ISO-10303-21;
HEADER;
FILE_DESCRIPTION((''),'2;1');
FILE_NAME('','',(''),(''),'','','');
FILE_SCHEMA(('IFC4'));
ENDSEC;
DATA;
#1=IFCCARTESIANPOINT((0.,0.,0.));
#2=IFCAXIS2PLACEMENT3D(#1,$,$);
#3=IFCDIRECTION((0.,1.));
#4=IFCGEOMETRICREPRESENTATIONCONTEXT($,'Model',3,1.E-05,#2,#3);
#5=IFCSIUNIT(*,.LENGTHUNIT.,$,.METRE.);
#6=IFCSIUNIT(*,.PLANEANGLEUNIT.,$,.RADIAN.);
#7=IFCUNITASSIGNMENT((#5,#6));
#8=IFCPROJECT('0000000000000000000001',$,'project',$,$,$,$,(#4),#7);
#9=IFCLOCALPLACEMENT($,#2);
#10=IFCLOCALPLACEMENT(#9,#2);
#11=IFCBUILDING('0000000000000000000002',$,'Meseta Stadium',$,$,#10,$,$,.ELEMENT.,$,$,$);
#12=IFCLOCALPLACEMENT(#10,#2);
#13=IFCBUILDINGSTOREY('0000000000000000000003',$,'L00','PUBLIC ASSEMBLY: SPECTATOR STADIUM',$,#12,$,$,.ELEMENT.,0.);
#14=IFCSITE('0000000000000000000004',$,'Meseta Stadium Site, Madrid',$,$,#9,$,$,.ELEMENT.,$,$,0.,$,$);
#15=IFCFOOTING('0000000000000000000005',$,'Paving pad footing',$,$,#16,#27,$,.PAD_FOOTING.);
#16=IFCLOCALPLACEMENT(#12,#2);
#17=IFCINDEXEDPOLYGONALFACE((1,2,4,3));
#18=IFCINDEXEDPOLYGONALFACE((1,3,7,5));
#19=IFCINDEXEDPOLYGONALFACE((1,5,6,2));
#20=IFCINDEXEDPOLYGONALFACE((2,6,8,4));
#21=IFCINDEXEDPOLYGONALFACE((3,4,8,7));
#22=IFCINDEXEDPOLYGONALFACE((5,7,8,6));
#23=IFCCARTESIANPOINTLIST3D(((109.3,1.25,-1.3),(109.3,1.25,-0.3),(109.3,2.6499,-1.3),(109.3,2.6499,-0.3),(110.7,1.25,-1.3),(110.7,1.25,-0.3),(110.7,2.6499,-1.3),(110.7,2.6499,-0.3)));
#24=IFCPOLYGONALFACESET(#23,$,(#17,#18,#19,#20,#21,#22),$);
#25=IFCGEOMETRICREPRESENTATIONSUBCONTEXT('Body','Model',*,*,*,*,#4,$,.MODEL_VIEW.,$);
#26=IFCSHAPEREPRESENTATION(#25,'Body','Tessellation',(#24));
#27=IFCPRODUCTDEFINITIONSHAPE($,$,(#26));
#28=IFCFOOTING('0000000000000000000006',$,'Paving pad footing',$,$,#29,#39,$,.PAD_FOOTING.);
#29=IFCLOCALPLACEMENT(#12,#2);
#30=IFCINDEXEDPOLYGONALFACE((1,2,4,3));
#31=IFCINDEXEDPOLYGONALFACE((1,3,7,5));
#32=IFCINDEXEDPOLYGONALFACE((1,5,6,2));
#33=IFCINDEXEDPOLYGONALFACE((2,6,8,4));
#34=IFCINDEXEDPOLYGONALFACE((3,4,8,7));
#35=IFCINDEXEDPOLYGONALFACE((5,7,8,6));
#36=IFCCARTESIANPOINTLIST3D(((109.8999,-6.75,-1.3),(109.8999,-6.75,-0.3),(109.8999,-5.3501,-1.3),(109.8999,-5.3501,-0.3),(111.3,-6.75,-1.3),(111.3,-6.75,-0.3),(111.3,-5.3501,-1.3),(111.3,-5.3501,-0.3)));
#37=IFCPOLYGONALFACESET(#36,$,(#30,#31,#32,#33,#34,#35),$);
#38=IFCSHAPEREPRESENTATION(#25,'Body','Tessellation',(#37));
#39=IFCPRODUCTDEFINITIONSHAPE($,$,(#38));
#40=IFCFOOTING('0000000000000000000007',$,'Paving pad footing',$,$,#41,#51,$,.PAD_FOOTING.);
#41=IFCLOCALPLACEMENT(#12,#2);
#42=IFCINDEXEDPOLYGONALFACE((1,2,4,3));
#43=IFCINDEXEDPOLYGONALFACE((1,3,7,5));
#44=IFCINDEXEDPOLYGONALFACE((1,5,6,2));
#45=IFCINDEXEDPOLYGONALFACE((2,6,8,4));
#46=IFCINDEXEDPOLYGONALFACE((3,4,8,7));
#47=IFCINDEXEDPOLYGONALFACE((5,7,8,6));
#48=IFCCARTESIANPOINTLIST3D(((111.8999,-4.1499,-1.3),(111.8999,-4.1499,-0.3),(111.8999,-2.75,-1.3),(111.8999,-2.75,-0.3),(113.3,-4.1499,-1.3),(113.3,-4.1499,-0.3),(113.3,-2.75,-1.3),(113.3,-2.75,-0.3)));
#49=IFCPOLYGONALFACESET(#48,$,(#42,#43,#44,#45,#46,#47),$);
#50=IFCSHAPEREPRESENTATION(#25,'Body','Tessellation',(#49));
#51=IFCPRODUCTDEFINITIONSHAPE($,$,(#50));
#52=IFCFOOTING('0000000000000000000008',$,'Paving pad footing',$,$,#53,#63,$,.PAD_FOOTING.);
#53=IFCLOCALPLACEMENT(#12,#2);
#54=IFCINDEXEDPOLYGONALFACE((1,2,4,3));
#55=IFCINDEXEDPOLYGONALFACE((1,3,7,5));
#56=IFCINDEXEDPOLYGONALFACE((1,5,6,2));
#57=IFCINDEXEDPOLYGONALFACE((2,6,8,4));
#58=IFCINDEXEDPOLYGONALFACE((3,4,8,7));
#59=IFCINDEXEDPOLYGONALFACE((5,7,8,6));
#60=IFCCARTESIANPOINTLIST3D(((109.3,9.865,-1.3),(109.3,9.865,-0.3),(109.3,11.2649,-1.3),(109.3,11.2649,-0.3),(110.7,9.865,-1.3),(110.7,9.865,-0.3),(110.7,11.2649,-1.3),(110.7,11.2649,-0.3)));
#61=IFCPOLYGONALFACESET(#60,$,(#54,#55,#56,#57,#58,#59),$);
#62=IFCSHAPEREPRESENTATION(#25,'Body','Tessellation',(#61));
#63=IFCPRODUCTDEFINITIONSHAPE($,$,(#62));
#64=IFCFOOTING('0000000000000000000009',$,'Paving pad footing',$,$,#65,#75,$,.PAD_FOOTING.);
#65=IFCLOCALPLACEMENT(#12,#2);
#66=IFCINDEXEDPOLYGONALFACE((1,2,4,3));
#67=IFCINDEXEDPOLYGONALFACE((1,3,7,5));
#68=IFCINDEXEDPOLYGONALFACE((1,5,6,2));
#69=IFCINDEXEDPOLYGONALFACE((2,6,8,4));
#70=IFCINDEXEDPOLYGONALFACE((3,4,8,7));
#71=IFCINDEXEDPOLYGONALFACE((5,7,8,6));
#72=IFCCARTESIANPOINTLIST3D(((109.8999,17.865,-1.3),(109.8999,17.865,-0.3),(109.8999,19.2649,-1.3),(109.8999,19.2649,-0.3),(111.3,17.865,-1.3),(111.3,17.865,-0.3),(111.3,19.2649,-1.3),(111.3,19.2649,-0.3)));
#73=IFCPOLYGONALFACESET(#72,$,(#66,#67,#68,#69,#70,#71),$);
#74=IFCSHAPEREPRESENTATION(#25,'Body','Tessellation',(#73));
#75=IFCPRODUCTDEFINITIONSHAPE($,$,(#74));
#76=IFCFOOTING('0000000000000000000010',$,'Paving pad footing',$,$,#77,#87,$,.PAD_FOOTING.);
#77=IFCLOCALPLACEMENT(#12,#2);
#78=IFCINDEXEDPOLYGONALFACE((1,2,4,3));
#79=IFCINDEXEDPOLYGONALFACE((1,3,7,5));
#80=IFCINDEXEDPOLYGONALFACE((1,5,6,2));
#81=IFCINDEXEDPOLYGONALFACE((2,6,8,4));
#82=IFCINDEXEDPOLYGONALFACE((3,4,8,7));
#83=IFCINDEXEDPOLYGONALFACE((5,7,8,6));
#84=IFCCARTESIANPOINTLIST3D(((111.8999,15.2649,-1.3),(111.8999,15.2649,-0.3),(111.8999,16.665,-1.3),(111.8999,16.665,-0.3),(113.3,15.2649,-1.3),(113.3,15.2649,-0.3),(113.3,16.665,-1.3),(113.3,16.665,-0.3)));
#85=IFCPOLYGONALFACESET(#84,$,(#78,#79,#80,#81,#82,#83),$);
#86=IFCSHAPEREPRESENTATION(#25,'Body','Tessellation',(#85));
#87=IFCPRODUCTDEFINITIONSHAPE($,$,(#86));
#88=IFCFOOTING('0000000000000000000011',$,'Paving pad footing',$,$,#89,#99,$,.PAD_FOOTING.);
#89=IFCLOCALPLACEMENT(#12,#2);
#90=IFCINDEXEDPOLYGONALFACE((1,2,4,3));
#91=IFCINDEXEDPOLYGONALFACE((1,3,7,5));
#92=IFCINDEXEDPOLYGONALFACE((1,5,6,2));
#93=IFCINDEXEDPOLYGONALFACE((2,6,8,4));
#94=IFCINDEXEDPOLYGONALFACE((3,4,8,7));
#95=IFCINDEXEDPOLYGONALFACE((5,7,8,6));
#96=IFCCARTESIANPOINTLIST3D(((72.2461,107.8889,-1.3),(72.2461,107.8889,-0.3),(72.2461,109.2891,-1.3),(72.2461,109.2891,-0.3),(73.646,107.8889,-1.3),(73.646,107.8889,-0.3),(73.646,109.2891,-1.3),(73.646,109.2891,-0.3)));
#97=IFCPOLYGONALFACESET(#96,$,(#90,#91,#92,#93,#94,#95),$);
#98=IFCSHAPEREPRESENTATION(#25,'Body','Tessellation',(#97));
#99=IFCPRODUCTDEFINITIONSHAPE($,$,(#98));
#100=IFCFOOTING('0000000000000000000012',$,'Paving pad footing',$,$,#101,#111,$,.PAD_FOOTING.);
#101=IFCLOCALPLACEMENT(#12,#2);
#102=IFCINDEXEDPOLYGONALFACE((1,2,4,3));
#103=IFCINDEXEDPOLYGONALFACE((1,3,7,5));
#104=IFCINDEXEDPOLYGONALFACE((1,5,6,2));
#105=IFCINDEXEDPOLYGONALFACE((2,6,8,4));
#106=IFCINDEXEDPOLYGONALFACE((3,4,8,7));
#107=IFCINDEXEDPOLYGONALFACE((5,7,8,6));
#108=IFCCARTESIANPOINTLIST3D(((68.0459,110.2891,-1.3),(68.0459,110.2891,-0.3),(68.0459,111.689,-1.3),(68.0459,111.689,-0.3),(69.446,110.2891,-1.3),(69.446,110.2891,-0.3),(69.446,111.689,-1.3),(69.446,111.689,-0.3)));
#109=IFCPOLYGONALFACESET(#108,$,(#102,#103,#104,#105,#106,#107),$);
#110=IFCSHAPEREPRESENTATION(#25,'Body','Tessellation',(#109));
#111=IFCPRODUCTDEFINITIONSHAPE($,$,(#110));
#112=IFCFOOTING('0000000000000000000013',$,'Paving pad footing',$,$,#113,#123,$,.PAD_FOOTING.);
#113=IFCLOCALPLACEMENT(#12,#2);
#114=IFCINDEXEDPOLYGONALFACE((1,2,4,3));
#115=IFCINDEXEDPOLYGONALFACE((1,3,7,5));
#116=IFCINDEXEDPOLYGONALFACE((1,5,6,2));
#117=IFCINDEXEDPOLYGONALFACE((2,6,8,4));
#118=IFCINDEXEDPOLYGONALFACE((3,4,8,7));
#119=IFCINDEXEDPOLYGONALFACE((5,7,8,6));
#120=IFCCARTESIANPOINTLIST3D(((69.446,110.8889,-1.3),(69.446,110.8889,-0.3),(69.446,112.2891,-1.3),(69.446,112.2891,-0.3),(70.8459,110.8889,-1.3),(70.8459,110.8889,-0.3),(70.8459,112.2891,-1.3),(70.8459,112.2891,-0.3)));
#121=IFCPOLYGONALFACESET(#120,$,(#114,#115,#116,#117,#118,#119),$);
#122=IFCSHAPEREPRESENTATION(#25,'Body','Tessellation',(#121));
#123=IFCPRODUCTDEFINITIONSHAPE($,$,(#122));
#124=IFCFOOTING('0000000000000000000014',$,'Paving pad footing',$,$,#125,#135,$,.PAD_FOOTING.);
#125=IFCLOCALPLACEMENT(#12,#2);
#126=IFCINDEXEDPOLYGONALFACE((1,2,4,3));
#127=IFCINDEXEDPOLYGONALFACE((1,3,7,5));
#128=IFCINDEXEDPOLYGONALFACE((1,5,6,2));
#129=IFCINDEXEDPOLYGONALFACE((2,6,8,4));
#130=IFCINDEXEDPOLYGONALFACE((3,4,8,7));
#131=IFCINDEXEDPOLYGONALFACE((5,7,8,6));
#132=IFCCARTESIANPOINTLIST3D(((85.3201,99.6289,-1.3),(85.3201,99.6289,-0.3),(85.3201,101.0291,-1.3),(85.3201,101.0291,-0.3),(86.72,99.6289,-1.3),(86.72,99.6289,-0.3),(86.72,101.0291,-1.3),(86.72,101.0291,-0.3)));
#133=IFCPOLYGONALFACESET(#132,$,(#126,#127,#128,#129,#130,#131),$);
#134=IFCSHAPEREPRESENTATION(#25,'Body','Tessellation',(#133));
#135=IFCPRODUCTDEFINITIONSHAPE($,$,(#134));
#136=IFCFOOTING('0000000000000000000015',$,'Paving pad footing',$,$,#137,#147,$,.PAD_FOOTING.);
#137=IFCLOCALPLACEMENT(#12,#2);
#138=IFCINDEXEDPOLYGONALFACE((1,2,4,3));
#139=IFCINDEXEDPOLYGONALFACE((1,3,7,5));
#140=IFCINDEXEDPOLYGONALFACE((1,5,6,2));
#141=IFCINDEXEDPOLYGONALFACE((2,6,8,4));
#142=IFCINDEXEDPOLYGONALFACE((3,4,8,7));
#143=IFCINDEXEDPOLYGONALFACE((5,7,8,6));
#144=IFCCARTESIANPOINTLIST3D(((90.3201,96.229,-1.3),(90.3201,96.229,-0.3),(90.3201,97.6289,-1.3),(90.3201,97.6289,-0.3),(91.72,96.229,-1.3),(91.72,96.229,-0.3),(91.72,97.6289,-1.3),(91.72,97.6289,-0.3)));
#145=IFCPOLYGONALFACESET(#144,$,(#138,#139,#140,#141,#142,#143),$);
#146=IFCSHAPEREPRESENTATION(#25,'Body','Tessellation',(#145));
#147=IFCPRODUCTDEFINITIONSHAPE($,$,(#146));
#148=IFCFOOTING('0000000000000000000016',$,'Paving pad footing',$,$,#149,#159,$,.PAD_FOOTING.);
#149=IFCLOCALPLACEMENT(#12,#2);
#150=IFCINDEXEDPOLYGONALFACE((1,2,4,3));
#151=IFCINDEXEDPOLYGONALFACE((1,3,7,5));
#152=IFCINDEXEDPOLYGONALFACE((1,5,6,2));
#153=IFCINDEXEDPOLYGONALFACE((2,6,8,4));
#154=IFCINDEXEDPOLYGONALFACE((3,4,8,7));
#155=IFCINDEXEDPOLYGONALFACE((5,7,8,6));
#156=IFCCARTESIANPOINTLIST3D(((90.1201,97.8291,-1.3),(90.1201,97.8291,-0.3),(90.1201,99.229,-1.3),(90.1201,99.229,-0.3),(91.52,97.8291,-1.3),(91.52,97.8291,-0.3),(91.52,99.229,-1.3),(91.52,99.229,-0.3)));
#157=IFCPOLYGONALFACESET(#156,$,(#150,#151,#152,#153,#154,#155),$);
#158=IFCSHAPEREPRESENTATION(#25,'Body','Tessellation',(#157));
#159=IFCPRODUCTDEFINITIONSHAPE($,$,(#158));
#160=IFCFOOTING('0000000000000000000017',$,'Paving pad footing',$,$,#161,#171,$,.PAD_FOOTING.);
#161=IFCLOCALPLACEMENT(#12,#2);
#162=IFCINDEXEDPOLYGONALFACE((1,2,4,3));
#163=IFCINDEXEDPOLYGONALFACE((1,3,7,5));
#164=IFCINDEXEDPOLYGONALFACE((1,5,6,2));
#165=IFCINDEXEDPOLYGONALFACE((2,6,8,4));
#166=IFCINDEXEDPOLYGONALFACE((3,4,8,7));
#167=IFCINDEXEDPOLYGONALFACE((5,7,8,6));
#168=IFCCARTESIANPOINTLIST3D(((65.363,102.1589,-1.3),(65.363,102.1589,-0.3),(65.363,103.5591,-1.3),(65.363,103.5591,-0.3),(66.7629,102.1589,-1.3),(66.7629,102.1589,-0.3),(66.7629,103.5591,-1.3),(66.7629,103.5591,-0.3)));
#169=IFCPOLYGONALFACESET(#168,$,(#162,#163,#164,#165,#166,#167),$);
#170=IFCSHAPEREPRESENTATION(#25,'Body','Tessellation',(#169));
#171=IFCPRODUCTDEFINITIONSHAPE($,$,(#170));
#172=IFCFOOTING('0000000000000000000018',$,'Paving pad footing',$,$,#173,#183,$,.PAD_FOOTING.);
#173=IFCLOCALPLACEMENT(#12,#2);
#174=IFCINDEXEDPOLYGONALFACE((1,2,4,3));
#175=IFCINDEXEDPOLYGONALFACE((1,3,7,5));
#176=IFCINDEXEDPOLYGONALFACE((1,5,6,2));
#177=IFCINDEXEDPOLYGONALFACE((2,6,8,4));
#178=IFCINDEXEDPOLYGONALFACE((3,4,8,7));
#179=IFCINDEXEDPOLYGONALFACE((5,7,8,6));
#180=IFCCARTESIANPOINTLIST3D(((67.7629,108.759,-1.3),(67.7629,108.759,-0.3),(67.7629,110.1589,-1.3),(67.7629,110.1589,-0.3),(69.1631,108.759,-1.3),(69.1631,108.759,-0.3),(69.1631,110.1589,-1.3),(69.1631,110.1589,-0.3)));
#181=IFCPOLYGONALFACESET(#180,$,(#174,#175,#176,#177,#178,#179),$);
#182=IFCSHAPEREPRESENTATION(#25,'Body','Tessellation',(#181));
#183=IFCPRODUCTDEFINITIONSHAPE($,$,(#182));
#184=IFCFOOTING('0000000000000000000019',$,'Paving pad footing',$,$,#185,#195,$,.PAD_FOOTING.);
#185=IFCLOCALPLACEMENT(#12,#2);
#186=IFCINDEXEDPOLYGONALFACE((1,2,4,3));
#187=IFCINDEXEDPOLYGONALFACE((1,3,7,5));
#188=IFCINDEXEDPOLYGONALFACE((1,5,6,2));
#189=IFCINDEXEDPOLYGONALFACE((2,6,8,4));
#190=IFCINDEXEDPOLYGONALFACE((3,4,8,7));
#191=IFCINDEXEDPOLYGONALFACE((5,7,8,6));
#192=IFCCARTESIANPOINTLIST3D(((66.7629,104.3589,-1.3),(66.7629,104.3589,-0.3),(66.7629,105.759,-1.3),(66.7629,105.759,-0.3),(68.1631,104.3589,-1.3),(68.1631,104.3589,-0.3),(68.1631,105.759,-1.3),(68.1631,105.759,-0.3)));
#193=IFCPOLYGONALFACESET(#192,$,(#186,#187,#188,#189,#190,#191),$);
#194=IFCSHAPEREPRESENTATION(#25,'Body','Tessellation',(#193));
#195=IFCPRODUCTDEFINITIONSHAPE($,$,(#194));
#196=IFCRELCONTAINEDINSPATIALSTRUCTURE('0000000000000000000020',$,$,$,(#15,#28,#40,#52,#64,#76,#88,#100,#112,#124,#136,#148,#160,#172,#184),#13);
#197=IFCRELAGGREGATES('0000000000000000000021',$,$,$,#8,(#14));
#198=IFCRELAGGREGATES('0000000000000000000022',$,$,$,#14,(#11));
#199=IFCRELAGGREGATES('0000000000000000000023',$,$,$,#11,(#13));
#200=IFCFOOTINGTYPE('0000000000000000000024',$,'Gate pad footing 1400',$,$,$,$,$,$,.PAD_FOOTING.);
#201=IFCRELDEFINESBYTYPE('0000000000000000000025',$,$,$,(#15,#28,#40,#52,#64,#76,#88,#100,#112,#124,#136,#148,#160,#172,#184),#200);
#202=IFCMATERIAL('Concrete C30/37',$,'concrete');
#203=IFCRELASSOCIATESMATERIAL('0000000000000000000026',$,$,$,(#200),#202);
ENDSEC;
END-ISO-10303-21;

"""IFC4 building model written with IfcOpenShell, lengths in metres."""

from ifc_helpers import new_model, si_unit, direction, frame, origin, place, context, subcontext, project, spatial, polyline, outline, extrude, material, type_object, element, save


model = new_model("IFC4")

# Units and contexts
model_context = context("Model", 3, precision=1e-05, world=origin(), true_north=direction((0.0, 1.0)))
body_context = subcontext(model_context, "Body", "Model", "MODEL_VIEW")
ifc_project = project(units=[si_unit("LENGTHUNIT", "METRE"), si_unit("PLANEANGLEUNIT", "RADIAN")], contexts=[model_context])

# Site, building, storey
site_placement = place(None, origin())
site = spatial("IfcSite", under=ifc_project, at=site_placement, Name="Meseta Stadium Site, Madrid", CompositionType="ELEMENT", RefElevation=0.0)
building_placement = place(site_placement, origin())
building = spatial("IfcBuilding", under=site, at=building_placement, Name="Meseta Stadium", CompositionType="ELEMENT")
storey_placement = place(building_placement, origin())
storey = spatial("IfcBuildingStorey", under=building, at=storey_placement, Name="L00", Description="PUBLIC ASSEMBLY: SPECTATOR STADIUM", CompositionType="ELEMENT", Elevation=0.0)

# Footings
ifc_material_1 = material(Name="Concrete C30/37", Category="concrete")
footing_type_1 = type_object("IfcFootingType", Name="Gate pad footing 1400", PredefinedType="PAD_FOOTING", material=ifc_material_1)
footing_1_placement = place(storey_placement, frame((0.0, 0.0, -1.3)))
element("IfcFooting", 1, at=footing_1_placement, inside=storey, type_object=footing_type_1, Name="Paving pad footing", PredefinedType="PAD_FOOTING", context=body_context, shape_type="SweptSolid", body=[
    extrude(outline(polyline([(110.7, 1.25), (110.7, 2.6499), (109.3, 2.6499), (109.3, 1.25), (110.7, 1.25)])), origin(), (0.0, 0.0, 1.0), 1.0),
])
footing_2_placement = place(storey_placement, frame((0.0, 0.0, -1.3)))
element("IfcFooting", 2, at=footing_2_placement, inside=storey, type_object=footing_type_1, Name="Paving pad footing", PredefinedType="PAD_FOOTING", context=body_context, shape_type="SweptSolid", body=[
    extrude(outline(polyline([(111.3, -6.75), (111.3, -5.3501), (109.8999, -5.3501), (109.8999, -6.75), (111.3, -6.75)])), origin(), (0.0, 0.0, 1.0), 1.0),
])
footing_3_placement = place(storey_placement, frame((0.0, 0.0, -1.3)))
element("IfcFooting", 3, at=footing_3_placement, inside=storey, type_object=footing_type_1, Name="Paving pad footing", PredefinedType="PAD_FOOTING", context=body_context, shape_type="SweptSolid", body=[
    extrude(outline(polyline([(113.3, -4.1499), (113.3, -2.75), (111.8999, -2.75), (111.8999, -4.1499), (113.3, -4.1499)])), origin(), (0.0, 0.0, 1.0), 1.0),
])
footing_4_placement = place(storey_placement, frame((0.0, 0.0, -1.3)))
element("IfcFooting", 4, at=footing_4_placement, inside=storey, type_object=footing_type_1, Name="Paving pad footing", PredefinedType="PAD_FOOTING", context=body_context, shape_type="SweptSolid", body=[
    extrude(outline(polyline([(110.7, 9.865), (110.7, 11.2649), (109.3, 11.2649), (109.3, 9.865), (110.7, 9.865)])), origin(), (0.0, 0.0, 1.0), 1.0),
])
footing_5_placement = place(storey_placement, frame((0.0, 0.0, -1.3)))
element("IfcFooting", 5, at=footing_5_placement, inside=storey, type_object=footing_type_1, Name="Paving pad footing", PredefinedType="PAD_FOOTING", context=body_context, shape_type="SweptSolid", body=[
    extrude(outline(polyline([(111.3, 17.865), (111.3, 19.2649), (109.8999, 19.2649), (109.8999, 17.865), (111.3, 17.865)])), origin(), (0.0, 0.0, 1.0), 1.0),
])
footing_6_placement = place(storey_placement, frame((0.0, 0.0, -1.3)))
element("IfcFooting", 6, at=footing_6_placement, inside=storey, type_object=footing_type_1, Name="Paving pad footing", PredefinedType="PAD_FOOTING", context=body_context, shape_type="SweptSolid", body=[
    extrude(outline(polyline([(113.3, 15.2649), (113.3, 16.665), (111.8999, 16.665), (111.8999, 15.2649), (113.3, 15.2649)])), origin(), (0.0, 0.0, 1.0), 1.0),
])
footing_7_placement = place(storey_placement, frame((0.0, 0.0, -1.3)))
element("IfcFooting", 7, at=footing_7_placement, inside=storey, type_object=footing_type_1, Name="Paving pad footing", PredefinedType="PAD_FOOTING", context=body_context, shape_type="SweptSolid", body=[
    extrude(outline(polyline([(73.646, 107.8889), (73.646, 109.2891), (72.2461, 109.2891), (72.2461, 107.8889), (73.646, 107.8889)])), origin(), (0.0, 0.0, 1.0), 1.0),
])
footing_8_placement = place(storey_placement, frame((0.0, 0.0, -1.3)))
element("IfcFooting", 8, at=footing_8_placement, inside=storey, type_object=footing_type_1, Name="Paving pad footing", PredefinedType="PAD_FOOTING", context=body_context, shape_type="SweptSolid", body=[
    extrude(outline(polyline([(69.446, 110.2891), (69.446, 111.689), (68.0459, 111.689), (68.0459, 110.2891), (69.446, 110.2891)])), origin(), (0.0, 0.0, 1.0), 1.0),
])
footing_9_placement = place(storey_placement, frame((0.0, 0.0, -1.3)))
element("IfcFooting", 9, at=footing_9_placement, inside=storey, type_object=footing_type_1, Name="Paving pad footing", PredefinedType="PAD_FOOTING", context=body_context, shape_type="SweptSolid", body=[
    extrude(outline(polyline([(70.8459, 110.8889), (70.8459, 112.2891), (69.446, 112.2891), (69.446, 110.8889), (70.8459, 110.8889)])), origin(), (0.0, 0.0, 1.0), 1.0),
])
footing_10_placement = place(storey_placement, frame((0.0, 0.0, -1.3)))
element("IfcFooting", 10, at=footing_10_placement, inside=storey, type_object=footing_type_1, Name="Paving pad footing", PredefinedType="PAD_FOOTING", context=body_context, shape_type="SweptSolid", body=[
    extrude(outline(polyline([(86.72, 99.6289), (86.72, 101.0291), (85.3201, 101.0291), (85.3201, 99.6289), (86.72, 99.6289)])), origin(), (0.0, 0.0, 1.0), 1.0),
])
footing_11_placement = place(storey_placement, frame((0.0, 0.0, -1.3)))
element("IfcFooting", 11, at=footing_11_placement, inside=storey, type_object=footing_type_1, Name="Paving pad footing", PredefinedType="PAD_FOOTING", context=body_context, shape_type="SweptSolid", body=[
    extrude(outline(polyline([(91.72, 96.229), (91.72, 97.6289), (90.3201, 97.6289), (90.3201, 96.229), (91.72, 96.229)])), origin(), (0.0, 0.0, 1.0), 1.0),
])
footing_12_placement = place(storey_placement, frame((0.0, 0.0, -1.3)))
element("IfcFooting", 12, at=footing_12_placement, inside=storey, type_object=footing_type_1, Name="Paving pad footing", PredefinedType="PAD_FOOTING", context=body_context, shape_type="SweptSolid", body=[
    extrude(outline(polyline([(91.52, 97.8291), (91.52, 99.229), (90.1201, 99.229), (90.1201, 97.8291), (91.52, 97.8291)])), origin(), (0.0, 0.0, 1.0), 1.0),
])
footing_13_placement = place(storey_placement, frame((0.0, 0.0, -1.3)))
element("IfcFooting", 13, at=footing_13_placement, inside=storey, type_object=footing_type_1, Name="Paving pad footing", PredefinedType="PAD_FOOTING", context=body_context, shape_type="SweptSolid", body=[
    extrude(outline(polyline([(66.7629, 102.1589), (66.7629, 103.5591), (65.363, 103.5591), (65.363, 102.1589), (66.7629, 102.1589)])), origin(), (0.0, 0.0, 1.0), 1.0),
])
footing_14_placement = place(storey_placement, frame((0.0, 0.0, -1.3)))
element("IfcFooting", 14, at=footing_14_placement, inside=storey, type_object=footing_type_1, Name="Paving pad footing", PredefinedType="PAD_FOOTING", context=body_context, shape_type="SweptSolid", body=[
    extrude(outline(polyline([(69.1631, 108.759), (69.1631, 110.1589), (67.7629, 110.1589), (67.7629, 108.759), (69.1631, 108.759)])), origin(), (0.0, 0.0, 1.0), 1.0),
])
footing_15_placement = place(storey_placement, frame((0.0, 0.0, -1.3)))
element("IfcFooting", 15, at=footing_15_placement, inside=storey, type_object=footing_type_1, Name="Paving pad footing", PredefinedType="PAD_FOOTING", context=body_context, shape_type="SweptSolid", body=[
    extrude(outline(polyline([(68.1631, 104.3589), (68.1631, 105.759), (66.7629, 105.759), (66.7629, 104.3589), (68.1631, 104.3589)])), origin(), (0.0, 0.0, 1.0), 1.0),
])

save(model, "model.ifc")
